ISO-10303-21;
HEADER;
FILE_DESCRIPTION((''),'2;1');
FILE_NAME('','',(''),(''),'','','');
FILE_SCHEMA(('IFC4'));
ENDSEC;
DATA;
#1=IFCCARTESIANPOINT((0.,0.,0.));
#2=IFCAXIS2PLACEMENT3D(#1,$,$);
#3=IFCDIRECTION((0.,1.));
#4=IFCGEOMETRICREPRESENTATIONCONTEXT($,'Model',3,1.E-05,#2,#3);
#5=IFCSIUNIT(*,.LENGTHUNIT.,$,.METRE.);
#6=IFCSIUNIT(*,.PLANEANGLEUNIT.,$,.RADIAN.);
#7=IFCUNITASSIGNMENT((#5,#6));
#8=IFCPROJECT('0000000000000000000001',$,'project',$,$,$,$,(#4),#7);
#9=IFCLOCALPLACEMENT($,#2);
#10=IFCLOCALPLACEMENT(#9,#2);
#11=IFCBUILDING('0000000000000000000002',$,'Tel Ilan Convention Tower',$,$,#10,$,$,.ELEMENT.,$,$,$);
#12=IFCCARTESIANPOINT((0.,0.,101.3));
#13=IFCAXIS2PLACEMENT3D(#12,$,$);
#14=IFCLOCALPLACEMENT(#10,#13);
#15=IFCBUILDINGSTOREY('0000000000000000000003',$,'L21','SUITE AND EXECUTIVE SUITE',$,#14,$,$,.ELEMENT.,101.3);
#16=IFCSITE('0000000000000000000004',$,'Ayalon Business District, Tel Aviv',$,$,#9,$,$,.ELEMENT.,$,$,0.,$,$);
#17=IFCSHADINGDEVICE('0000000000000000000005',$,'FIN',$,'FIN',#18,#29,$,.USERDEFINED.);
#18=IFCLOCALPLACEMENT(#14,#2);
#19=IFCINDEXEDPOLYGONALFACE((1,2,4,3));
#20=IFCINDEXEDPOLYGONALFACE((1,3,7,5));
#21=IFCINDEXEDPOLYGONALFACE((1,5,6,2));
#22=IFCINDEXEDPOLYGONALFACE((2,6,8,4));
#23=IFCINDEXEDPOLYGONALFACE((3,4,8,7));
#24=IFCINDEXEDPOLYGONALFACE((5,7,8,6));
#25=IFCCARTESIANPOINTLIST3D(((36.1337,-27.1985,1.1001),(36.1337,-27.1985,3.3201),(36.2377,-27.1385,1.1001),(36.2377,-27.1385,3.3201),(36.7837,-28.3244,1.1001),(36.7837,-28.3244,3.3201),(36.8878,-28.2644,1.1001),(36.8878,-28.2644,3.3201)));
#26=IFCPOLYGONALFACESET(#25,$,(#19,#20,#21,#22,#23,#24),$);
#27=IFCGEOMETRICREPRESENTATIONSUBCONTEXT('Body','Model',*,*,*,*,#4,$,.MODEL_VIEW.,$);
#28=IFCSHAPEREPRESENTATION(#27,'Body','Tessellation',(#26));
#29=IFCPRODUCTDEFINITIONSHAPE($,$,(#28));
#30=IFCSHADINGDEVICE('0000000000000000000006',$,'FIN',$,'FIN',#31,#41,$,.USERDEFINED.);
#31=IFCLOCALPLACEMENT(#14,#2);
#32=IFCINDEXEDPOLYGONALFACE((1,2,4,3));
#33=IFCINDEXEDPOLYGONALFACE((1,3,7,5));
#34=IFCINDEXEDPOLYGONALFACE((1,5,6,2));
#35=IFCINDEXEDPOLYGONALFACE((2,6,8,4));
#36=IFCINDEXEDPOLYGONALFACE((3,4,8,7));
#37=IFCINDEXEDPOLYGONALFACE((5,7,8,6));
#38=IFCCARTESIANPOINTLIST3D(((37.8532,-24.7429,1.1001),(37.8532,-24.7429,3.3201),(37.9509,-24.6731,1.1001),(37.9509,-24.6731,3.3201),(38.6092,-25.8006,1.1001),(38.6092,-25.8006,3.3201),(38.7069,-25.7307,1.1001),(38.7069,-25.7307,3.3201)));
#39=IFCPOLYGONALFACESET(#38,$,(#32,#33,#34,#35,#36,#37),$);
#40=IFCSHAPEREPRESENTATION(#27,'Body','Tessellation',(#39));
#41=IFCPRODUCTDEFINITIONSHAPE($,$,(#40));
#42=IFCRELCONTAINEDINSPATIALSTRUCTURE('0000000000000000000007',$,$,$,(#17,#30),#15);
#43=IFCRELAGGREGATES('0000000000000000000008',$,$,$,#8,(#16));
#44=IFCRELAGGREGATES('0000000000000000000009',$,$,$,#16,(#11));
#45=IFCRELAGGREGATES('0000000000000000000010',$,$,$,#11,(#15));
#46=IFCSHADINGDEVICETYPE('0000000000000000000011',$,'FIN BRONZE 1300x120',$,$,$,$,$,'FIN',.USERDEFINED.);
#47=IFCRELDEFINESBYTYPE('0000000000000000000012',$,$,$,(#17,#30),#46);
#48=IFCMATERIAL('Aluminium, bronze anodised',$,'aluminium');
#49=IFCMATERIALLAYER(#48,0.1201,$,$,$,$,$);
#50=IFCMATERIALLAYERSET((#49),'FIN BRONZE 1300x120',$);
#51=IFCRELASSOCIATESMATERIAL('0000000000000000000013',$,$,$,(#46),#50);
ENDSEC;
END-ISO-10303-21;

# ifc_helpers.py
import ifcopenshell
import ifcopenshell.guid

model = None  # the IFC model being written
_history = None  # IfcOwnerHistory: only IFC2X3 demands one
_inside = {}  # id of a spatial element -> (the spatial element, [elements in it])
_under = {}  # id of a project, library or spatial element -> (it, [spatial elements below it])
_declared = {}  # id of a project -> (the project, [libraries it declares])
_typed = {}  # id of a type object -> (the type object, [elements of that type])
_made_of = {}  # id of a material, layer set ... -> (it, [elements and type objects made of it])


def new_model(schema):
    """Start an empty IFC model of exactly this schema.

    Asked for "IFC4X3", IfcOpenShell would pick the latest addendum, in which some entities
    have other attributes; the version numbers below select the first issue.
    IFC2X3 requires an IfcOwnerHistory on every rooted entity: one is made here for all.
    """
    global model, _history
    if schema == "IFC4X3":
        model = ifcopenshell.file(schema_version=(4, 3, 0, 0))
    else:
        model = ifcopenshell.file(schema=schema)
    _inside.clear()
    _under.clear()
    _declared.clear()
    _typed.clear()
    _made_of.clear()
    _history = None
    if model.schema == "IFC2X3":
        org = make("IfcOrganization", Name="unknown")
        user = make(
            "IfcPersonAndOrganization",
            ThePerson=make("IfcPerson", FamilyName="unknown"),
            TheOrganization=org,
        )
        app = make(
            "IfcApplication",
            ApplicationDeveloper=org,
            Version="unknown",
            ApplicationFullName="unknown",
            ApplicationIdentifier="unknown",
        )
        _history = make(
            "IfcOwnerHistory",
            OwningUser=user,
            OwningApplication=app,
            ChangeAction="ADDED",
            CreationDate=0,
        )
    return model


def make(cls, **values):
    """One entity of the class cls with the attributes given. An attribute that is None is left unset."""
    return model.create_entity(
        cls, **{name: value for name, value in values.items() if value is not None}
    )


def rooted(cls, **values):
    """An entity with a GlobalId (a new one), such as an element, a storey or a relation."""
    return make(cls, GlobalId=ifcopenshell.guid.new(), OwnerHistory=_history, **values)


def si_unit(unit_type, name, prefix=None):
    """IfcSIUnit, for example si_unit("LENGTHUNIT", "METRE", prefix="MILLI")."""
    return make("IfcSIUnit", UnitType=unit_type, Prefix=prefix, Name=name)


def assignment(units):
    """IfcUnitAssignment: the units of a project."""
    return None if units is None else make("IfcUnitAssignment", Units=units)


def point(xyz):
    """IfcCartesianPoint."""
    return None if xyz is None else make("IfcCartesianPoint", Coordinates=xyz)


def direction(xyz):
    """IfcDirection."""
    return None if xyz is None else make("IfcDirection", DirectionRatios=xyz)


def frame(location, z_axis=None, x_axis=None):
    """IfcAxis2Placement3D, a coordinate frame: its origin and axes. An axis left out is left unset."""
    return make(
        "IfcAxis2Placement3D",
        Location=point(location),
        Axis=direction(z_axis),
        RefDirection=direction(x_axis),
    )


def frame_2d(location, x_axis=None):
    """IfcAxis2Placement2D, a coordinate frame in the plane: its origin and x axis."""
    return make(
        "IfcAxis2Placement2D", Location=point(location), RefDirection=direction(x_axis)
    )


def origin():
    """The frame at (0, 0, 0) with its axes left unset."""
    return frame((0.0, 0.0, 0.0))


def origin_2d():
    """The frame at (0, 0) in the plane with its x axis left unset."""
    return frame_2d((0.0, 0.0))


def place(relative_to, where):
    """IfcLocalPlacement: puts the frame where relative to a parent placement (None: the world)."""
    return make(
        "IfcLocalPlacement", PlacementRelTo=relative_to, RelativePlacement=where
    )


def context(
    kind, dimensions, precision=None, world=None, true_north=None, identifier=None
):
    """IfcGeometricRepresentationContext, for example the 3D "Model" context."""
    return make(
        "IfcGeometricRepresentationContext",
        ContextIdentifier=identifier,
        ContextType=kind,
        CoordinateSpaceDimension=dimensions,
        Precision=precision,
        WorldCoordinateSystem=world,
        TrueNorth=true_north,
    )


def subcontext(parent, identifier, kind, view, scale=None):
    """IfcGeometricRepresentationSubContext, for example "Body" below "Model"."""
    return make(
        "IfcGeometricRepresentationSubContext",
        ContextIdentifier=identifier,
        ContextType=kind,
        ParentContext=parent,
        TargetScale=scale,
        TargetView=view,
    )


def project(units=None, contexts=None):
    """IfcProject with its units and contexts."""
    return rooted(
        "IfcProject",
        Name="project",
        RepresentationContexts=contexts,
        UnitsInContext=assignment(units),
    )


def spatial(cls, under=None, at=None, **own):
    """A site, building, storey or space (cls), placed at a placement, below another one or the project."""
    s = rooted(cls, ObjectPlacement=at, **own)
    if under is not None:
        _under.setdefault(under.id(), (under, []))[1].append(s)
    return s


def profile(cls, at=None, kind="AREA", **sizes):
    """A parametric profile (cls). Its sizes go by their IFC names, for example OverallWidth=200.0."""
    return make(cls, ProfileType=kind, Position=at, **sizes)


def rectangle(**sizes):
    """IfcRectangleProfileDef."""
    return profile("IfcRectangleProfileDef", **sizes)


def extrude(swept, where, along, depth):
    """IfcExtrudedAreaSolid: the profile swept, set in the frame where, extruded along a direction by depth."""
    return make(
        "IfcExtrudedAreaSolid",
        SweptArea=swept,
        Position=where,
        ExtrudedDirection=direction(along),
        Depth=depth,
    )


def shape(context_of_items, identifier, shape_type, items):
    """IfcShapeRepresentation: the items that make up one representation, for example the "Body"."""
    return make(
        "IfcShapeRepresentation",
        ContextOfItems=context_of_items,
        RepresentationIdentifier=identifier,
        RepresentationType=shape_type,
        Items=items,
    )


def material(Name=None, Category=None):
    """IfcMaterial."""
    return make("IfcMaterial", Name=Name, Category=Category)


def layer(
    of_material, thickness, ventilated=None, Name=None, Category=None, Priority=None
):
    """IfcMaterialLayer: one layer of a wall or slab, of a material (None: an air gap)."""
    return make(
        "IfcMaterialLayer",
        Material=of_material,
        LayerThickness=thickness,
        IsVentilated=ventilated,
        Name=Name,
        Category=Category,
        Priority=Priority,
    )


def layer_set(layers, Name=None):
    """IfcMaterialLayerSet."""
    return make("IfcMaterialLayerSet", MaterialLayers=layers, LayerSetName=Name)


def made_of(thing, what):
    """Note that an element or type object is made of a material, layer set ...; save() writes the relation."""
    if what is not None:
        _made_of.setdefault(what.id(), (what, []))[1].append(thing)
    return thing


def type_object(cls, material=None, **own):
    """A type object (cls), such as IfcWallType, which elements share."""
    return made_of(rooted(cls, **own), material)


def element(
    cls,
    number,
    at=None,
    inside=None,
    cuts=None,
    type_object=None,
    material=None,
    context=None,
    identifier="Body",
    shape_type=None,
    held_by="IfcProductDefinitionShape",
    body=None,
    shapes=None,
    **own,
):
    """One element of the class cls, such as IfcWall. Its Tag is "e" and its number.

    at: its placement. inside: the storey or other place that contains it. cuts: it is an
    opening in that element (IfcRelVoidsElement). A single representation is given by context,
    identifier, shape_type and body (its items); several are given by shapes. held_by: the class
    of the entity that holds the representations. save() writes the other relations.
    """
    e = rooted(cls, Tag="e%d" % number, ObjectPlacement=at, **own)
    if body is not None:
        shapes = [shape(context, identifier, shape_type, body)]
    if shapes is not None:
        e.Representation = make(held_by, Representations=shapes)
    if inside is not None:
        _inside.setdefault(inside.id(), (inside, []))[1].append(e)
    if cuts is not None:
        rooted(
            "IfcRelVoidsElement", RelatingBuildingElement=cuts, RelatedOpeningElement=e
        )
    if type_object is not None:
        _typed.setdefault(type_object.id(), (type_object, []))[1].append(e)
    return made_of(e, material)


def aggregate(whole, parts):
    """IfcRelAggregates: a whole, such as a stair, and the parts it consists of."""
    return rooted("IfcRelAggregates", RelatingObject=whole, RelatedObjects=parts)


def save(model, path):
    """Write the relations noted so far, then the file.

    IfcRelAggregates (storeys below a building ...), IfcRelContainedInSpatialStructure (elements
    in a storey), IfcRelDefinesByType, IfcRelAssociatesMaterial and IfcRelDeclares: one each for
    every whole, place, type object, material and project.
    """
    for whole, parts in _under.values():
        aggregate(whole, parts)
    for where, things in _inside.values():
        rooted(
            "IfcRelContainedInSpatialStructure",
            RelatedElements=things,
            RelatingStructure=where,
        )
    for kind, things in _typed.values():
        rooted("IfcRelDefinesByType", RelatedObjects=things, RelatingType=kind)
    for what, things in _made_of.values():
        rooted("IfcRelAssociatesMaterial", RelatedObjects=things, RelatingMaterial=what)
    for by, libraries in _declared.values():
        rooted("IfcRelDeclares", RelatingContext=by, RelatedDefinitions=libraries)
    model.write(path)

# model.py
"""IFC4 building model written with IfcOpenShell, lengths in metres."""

from ifc_helpers import new_model, si_unit, direction, frame, origin, origin_2d, place, context, subcontext, project, spatial, rectangle, extrude, material, layer, layer_set, type_object, element, save


model = new_model("IFC4")

# Units and contexts
model_context = context("Model", 3, precision=1e-05, world=origin(), true_north=direction((0.0, 1.0)))
body_context = subcontext(model_context, "Body", "Model", "MODEL_VIEW")
ifc_project = project(units=[si_unit("LENGTHUNIT", "METRE"), si_unit("PLANEANGLEUNIT", "RADIAN")], contexts=[model_context])

# Site, building, storey
site_placement = place(None, origin())
site = spatial("IfcSite", under=ifc_project, at=site_placement, Name="Ayalon Business District, Tel Aviv", CompositionType="ELEMENT", RefElevation=0.0)
building_placement = place(site_placement, origin())
building = spatial("IfcBuilding", under=site, at=building_placement, Name="Tel Ilan Convention Tower", CompositionType="ELEMENT")
storey_placement = place(building_placement, frame((0.0, 0.0, 101.3)))
storey = spatial("IfcBuildingStorey", under=building, at=storey_placement, Name="L21", Description="SUITE AND EXECUTIVE SUITE", CompositionType="ELEMENT", Elevation=101.3)

# Shading devices
ifc_material_1 = material(Name="Aluminium, bronze anodised", Category="aluminium")
ifc_layer_1 = layer(ifc_material_1, 0.1201)
ifc_layer_set_1 = layer_set([ifc_layer_1], Name="FIN BRONZE 1300x120")
shading_device_type = type_object("IfcShadingDeviceType", Name="FIN BRONZE 1300x120", ElementType="FIN", PredefinedType="USERDEFINED", material=ifc_layer_set_1)
for number, where, z_axis, x_axis, name in (
    (1, (36.5107, -27.7314, 1.1001), (0.0, 0.0, 1.0), (0.5, -0.866025, 0.0), "FIN"),
    (2, (38.28, -25.2368, 1.1001), (0.0, 0.0, 1.0), (0.581492, -0.813552, 0.0), "FIN"),
):
    element("IfcShadingDevice", number, at=place(storey_placement, frame(where, z_axis=z_axis, x_axis=x_axis)), inside=storey, type_object=shading_device_type, Name=name, ObjectType="FIN", PredefinedType="USERDEFINED", context=body_context, shape_type="SweptSolid", body=[
        extrude(rectangle(XDim=1.3, YDim=0.1201, at=origin_2d()), origin(), (0.0, 0.0, 1.0), 2.22),
    ])

save(model, "model.ifc")
